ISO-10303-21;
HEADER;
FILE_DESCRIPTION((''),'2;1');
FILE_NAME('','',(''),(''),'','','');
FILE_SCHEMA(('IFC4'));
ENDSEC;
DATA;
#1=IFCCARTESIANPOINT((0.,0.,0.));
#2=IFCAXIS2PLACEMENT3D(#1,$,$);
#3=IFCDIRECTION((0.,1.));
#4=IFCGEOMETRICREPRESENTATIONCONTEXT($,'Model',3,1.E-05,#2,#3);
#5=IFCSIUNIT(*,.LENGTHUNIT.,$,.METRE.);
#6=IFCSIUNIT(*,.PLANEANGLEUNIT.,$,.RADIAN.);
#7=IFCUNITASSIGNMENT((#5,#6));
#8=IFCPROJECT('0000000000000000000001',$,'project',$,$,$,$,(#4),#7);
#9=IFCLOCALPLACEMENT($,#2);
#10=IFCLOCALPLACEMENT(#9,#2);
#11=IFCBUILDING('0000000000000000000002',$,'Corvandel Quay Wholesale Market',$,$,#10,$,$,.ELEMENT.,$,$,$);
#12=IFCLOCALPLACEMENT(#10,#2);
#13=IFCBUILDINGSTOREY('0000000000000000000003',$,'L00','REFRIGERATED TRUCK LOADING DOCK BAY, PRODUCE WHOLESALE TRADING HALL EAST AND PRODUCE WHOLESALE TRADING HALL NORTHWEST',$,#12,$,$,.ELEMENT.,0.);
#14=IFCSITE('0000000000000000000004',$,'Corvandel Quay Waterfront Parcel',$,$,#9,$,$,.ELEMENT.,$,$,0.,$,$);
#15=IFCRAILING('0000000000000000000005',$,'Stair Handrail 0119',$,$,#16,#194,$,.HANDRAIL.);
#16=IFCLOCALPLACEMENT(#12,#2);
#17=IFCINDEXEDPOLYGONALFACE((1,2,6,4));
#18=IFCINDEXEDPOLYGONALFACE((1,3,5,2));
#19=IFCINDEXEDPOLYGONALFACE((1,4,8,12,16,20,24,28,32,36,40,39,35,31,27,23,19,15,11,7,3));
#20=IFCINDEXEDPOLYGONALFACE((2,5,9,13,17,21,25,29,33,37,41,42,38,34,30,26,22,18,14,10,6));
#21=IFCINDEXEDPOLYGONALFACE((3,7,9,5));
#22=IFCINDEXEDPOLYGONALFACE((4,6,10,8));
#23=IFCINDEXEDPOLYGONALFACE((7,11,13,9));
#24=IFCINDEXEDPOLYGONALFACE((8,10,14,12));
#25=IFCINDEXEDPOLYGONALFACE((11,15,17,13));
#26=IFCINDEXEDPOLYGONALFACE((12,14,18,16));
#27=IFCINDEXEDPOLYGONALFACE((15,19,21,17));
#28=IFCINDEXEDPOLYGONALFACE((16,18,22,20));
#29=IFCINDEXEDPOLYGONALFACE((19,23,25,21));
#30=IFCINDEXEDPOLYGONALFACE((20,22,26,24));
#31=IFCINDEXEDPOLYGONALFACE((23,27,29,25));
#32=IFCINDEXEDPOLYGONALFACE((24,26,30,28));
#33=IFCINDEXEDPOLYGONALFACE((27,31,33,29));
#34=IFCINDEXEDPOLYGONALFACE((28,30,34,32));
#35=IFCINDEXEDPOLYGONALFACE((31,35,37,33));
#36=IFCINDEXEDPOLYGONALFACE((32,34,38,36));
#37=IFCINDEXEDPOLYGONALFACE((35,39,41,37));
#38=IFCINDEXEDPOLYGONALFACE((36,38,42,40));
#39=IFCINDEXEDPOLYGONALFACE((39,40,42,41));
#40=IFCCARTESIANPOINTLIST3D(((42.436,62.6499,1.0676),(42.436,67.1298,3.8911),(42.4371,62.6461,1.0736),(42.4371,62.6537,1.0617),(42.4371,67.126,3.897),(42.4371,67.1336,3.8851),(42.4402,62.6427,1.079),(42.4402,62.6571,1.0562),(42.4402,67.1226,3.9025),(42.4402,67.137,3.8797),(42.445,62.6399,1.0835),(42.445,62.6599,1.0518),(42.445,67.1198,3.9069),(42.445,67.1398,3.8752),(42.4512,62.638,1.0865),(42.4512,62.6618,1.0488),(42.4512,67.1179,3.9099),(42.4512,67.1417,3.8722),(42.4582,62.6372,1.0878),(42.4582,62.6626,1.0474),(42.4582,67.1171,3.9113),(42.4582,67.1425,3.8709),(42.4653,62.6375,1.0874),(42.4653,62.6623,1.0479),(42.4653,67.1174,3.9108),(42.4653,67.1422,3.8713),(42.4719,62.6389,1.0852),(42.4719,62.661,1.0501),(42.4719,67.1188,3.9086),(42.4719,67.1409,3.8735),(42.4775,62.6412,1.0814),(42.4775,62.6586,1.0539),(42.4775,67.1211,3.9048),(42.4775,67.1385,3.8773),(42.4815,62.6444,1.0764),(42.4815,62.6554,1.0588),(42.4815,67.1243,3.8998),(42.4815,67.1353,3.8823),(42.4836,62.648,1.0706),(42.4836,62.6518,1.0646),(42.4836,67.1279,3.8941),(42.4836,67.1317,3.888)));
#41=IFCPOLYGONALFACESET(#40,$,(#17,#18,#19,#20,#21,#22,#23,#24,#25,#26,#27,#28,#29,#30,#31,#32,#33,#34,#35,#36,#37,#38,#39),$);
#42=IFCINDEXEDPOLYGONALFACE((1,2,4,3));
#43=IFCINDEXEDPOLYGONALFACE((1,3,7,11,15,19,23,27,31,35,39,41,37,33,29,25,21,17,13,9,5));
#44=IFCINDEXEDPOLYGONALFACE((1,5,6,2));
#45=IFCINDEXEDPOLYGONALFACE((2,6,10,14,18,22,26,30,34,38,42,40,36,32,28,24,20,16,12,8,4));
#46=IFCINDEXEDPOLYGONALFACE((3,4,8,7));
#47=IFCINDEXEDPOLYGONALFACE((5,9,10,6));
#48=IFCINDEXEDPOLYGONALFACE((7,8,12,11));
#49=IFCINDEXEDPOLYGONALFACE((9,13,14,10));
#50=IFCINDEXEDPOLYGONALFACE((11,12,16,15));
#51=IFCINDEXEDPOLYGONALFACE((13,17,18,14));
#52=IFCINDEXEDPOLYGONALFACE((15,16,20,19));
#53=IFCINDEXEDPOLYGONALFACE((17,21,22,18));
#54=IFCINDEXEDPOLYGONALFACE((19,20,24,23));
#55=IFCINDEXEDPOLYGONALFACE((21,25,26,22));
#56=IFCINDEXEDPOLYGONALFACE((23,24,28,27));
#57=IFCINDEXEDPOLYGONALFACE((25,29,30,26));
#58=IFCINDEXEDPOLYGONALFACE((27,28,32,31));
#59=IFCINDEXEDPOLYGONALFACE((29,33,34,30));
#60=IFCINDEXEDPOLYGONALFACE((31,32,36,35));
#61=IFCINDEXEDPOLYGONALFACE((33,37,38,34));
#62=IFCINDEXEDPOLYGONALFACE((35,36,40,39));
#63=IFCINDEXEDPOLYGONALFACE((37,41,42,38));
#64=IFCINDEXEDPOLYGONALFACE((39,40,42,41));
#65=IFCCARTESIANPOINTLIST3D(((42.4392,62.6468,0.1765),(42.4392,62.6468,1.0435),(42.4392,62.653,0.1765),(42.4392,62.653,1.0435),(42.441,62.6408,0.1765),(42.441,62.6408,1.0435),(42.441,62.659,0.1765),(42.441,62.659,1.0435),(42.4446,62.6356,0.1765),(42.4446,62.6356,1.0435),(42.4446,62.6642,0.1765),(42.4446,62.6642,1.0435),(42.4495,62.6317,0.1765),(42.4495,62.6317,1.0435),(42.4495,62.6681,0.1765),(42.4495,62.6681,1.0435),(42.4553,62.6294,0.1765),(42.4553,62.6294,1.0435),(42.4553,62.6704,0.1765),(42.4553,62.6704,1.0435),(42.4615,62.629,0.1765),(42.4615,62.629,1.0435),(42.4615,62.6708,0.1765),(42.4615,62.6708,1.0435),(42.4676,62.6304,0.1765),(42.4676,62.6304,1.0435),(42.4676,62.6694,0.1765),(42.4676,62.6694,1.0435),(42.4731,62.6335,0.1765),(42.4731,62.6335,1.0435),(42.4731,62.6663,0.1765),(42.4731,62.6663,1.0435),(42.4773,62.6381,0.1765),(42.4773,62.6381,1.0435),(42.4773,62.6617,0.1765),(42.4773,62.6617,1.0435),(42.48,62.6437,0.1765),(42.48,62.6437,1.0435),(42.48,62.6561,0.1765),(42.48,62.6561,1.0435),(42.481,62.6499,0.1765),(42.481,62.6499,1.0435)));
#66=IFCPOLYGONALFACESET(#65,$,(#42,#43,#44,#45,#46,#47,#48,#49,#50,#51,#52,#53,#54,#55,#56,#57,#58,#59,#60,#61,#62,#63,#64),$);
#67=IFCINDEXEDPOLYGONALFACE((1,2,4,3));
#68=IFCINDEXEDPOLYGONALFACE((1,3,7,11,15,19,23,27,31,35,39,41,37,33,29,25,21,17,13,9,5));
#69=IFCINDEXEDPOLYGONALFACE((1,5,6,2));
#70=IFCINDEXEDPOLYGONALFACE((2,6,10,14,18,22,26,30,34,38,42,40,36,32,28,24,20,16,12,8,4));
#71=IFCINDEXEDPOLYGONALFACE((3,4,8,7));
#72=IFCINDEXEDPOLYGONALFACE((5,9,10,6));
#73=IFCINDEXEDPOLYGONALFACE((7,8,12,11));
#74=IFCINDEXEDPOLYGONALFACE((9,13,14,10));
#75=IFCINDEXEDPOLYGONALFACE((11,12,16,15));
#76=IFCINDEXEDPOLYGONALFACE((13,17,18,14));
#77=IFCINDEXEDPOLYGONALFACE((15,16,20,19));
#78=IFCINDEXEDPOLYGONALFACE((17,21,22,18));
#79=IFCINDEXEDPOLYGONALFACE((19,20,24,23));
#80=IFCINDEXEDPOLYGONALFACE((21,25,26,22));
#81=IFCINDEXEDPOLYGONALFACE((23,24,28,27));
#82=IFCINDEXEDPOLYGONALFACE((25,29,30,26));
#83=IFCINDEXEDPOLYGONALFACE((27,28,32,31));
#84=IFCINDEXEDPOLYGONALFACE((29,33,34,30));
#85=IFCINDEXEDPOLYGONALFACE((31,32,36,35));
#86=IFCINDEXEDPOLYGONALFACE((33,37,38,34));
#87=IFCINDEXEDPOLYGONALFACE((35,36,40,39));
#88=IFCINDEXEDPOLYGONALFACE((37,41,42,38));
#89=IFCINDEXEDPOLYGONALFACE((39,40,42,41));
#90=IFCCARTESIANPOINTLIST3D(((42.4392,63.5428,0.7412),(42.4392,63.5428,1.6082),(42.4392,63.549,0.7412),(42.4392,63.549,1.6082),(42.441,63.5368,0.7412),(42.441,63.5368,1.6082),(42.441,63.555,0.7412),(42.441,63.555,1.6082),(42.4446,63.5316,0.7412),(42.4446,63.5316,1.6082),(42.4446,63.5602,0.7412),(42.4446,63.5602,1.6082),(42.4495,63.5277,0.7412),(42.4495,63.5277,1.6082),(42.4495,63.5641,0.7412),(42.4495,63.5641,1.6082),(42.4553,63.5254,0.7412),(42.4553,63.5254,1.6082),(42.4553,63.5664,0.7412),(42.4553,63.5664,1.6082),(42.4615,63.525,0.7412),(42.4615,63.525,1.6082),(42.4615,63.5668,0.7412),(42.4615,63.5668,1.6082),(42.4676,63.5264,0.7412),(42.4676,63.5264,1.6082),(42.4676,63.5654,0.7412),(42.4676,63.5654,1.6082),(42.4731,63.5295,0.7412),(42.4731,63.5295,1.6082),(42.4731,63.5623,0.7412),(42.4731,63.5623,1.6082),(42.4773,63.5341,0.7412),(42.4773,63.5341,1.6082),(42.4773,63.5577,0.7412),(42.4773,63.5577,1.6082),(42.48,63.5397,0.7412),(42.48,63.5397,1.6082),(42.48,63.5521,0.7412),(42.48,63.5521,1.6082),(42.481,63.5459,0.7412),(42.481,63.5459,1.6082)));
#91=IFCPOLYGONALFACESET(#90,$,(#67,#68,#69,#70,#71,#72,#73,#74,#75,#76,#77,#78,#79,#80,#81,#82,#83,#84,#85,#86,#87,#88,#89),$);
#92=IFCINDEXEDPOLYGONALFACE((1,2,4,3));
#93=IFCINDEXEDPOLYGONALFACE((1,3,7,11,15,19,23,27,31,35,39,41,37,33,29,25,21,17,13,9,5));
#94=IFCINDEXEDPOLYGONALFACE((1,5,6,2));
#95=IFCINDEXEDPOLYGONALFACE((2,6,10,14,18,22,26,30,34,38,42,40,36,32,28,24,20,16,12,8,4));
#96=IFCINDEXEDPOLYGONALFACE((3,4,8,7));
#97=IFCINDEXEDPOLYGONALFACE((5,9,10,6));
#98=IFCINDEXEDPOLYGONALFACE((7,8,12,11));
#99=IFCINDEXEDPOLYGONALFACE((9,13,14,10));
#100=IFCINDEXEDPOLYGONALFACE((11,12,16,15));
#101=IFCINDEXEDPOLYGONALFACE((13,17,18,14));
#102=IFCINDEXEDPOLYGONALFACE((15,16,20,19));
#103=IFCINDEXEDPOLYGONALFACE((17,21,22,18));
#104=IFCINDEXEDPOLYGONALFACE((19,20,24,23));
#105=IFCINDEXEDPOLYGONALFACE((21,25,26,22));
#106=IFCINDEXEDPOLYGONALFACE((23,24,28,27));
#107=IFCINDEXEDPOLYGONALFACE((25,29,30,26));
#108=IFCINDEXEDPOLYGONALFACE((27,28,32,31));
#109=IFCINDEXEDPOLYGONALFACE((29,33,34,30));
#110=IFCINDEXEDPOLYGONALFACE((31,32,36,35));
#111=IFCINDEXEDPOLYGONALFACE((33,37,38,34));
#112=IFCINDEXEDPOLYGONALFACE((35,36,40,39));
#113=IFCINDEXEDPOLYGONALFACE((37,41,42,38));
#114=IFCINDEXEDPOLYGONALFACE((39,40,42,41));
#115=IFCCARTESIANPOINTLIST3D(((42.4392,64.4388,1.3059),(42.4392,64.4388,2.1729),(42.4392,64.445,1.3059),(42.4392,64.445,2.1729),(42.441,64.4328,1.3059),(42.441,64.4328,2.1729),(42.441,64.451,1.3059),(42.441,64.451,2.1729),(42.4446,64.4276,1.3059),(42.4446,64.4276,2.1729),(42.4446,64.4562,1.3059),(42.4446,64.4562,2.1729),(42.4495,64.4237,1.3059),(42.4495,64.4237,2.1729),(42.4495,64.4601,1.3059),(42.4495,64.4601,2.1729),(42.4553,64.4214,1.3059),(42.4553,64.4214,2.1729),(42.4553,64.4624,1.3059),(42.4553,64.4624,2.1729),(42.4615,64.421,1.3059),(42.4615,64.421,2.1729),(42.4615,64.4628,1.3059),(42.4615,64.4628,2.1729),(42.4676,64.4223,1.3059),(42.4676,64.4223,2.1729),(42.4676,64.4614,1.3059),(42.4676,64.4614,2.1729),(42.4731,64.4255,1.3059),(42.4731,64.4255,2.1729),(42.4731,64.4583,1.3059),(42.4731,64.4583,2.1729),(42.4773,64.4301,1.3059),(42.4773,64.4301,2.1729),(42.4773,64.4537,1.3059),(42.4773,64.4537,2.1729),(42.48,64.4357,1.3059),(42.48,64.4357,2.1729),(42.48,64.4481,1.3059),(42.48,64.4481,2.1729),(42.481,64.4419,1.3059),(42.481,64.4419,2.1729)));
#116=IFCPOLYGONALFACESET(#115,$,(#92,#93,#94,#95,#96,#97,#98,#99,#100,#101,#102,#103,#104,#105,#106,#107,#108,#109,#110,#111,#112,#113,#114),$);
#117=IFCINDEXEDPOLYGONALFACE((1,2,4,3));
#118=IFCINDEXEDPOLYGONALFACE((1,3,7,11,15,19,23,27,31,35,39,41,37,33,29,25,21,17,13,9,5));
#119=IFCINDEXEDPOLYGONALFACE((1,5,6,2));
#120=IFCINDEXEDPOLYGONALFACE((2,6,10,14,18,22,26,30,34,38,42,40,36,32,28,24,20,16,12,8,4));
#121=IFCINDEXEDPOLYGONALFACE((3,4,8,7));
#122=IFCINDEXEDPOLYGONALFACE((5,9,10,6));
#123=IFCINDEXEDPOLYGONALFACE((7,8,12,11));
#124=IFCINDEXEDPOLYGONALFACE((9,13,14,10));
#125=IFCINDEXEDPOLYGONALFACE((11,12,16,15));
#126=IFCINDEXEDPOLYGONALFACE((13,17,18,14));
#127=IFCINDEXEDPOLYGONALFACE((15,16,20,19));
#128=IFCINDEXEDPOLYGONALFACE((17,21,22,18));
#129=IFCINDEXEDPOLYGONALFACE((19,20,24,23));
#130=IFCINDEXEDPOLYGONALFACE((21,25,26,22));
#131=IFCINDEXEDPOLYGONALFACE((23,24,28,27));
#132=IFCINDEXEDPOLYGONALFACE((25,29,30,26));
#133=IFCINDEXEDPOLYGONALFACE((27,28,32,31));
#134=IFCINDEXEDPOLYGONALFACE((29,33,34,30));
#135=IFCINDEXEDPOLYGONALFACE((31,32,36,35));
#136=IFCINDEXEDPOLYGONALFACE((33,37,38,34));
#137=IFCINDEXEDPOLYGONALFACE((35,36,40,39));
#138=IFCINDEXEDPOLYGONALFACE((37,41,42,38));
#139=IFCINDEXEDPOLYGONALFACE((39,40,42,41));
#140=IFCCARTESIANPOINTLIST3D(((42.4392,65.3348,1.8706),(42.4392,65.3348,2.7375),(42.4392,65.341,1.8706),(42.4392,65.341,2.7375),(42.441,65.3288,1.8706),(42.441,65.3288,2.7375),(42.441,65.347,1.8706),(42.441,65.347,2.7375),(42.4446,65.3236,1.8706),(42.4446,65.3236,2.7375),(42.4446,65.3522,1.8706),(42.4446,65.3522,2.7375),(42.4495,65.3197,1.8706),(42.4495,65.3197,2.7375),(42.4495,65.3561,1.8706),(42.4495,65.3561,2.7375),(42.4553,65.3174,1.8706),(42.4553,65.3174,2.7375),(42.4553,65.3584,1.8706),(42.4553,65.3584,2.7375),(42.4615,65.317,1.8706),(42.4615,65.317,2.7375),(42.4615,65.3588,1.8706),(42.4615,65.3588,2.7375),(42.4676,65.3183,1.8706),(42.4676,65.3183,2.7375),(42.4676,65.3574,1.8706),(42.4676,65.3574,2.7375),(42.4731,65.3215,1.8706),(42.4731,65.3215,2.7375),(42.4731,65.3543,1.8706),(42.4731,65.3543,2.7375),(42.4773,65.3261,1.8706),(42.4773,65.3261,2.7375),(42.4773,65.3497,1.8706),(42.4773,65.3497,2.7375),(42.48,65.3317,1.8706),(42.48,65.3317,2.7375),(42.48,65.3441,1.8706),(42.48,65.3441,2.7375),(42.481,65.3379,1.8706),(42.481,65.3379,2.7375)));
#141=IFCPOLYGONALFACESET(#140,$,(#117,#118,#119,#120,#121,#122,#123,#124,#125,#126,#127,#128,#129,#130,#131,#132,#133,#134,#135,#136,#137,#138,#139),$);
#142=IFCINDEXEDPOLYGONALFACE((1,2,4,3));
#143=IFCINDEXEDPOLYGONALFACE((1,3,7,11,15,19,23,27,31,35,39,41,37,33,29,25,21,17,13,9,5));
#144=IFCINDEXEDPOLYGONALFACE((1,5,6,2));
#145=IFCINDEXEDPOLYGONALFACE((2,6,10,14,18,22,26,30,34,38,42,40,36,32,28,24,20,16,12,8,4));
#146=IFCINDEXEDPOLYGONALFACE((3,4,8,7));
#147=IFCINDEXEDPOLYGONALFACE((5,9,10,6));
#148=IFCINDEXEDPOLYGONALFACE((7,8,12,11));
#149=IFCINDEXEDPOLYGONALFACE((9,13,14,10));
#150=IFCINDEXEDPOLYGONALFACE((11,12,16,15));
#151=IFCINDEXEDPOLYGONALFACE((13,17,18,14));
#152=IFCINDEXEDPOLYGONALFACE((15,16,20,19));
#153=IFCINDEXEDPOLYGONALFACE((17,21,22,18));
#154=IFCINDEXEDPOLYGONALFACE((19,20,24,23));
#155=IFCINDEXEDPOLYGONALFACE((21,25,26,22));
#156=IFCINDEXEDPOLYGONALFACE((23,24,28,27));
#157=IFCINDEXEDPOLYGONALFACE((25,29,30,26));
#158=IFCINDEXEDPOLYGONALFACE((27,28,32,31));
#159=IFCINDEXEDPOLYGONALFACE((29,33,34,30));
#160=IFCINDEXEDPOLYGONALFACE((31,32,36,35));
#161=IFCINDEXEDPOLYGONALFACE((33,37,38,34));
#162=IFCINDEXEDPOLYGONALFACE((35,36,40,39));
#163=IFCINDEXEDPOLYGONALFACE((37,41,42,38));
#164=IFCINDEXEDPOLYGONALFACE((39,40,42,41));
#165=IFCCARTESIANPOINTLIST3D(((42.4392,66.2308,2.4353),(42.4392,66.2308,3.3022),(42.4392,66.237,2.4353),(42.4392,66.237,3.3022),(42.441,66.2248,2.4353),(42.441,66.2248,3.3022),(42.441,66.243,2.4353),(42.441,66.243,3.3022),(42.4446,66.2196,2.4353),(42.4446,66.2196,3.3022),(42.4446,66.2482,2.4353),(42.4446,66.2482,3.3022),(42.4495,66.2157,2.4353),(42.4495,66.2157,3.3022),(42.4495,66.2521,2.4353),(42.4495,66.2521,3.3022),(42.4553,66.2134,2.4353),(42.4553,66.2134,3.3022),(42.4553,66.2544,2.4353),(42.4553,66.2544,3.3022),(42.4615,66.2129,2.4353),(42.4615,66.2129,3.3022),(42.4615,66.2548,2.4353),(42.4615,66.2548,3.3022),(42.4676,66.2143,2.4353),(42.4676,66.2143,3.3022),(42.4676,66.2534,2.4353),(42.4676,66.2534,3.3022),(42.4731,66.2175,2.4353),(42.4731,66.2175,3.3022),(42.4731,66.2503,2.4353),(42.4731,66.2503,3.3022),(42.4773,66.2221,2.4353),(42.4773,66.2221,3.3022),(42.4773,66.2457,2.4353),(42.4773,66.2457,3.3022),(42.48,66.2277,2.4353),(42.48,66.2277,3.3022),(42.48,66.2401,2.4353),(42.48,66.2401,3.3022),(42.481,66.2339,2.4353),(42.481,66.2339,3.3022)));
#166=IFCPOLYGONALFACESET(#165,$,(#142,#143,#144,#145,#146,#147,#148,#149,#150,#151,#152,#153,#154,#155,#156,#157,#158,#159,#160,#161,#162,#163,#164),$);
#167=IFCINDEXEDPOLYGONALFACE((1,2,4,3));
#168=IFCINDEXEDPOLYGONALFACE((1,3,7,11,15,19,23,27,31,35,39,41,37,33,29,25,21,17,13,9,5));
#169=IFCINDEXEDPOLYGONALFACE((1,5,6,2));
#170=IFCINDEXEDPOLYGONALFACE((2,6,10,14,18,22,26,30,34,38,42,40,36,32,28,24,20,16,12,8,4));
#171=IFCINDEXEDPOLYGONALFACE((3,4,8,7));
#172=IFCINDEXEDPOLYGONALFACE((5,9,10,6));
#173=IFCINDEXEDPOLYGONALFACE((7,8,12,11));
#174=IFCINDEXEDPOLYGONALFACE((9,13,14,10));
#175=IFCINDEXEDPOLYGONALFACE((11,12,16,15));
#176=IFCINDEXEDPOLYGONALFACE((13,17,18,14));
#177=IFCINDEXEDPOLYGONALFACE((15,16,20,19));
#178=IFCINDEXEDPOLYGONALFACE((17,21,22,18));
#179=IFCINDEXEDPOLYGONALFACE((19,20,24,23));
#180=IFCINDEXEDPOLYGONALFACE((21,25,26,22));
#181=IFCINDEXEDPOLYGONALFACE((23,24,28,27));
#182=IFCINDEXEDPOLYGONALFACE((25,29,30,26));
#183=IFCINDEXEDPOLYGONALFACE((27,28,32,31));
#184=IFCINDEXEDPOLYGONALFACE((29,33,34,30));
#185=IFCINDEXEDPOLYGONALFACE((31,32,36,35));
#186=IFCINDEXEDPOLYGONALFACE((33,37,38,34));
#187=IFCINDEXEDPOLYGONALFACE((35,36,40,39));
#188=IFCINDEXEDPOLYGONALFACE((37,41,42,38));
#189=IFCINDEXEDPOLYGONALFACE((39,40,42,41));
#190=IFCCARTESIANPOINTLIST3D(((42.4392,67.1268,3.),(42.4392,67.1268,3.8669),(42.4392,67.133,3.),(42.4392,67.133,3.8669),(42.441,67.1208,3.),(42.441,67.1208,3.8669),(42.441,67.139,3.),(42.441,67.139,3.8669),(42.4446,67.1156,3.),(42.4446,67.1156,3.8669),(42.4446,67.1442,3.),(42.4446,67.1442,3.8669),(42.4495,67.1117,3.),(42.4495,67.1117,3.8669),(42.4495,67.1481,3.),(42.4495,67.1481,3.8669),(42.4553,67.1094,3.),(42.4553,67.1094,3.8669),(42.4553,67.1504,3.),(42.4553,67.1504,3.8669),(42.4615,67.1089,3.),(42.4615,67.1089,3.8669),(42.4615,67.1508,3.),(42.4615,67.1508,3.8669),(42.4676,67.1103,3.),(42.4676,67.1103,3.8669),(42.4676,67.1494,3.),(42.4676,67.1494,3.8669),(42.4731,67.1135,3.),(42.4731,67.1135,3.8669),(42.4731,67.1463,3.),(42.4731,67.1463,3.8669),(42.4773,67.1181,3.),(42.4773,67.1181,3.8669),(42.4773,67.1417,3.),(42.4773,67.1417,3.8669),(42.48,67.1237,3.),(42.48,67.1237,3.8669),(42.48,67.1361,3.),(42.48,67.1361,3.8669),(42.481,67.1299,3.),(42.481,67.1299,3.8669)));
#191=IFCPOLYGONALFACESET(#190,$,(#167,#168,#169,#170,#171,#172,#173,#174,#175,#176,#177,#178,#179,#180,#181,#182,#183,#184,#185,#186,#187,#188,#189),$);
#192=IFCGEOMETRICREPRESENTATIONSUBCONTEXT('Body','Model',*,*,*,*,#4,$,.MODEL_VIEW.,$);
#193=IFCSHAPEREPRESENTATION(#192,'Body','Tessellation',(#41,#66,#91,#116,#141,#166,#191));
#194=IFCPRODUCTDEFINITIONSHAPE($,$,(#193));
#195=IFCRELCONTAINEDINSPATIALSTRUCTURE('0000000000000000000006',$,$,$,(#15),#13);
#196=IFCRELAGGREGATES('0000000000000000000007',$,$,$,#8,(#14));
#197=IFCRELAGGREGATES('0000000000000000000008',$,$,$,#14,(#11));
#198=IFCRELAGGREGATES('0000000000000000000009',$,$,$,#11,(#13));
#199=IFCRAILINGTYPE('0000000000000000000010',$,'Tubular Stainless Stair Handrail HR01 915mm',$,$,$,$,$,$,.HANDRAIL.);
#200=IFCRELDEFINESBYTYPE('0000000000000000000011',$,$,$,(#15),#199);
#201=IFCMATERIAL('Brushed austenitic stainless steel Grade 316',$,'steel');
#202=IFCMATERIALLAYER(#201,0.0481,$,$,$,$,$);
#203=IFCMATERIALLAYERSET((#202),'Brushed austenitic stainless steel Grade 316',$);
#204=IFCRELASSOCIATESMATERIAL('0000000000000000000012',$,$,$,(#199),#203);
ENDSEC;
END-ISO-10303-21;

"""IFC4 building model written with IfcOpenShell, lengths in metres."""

from ifc_helpers import new_model, si_unit, direction, frame, origin, origin_2d, place, context, subcontext, project, spatial, circle, extrude, material, layer, layer_set, type_object, element, save


model = new_model("IFC4")

# Units and contexts
model_context = context("Model", 3, precision=1e-05, world=origin(), true_north=direction((0.0, 1.0)))
body_context = subcontext(model_context, "Body", "Model", "MODEL_VIEW")
ifc_project = project(units=[si_unit("LENGTHUNIT", "METRE"), si_unit("PLANEANGLEUNIT", "RADIAN")], contexts=[model_context])

# Site, building, storey
site_placement = place(None, origin())
site = spatial("IfcSite", under=ifc_project, at=site_placement, Name="Corvandel Quay Waterfront Parcel", CompositionType="ELEMENT", RefElevation=0.0)
building_placement = place(site_placement, origin())
building = spatial("IfcBuilding", under=site, at=building_placement, Name="Corvandel Quay Wholesale Market", CompositionType="ELEMENT")
storey_placement = place(building_placement, origin())
storey = spatial("IfcBuildingStorey", under=building, at=storey_placement, Name="L00", Description="REFRIGERATED TRUCK LOADING DOCK BAY, PRODUCE WHOLESALE TRADING HALL EAST AND PRODUCE WHOLESALE TRADING HALL NORTHWEST", CompositionType="ELEMENT", Elevation=0.0)

# Railing
ifc_material_1 = material(Name="Brushed austenitic stainless steel Grade 316", Category="steel")
ifc_layer_1 = layer(ifc_material_1, 0.0481)
ifc_layer_set_1 = layer_set([ifc_layer_1], Name="Brushed austenitic stainless steel Grade 316")
railing_type = type_object("IfcRailingType", Name="Tubular Stainless Stair Handrail HR01 915mm", PredefinedType="HANDRAIL", material=ifc_layer_set_1)
for number, where, name in (
    (1, (42.46, 62.6499, 0.1765), "Stair Handrail 0119"),
):
    element("IfcRailing", number, at=place(storey_placement, frame(where)), inside=storey, type_object=railing_type, Name=name, PredefinedType="HANDRAIL", context=body_context, shape_type="SweptSolid", body=[
        extrude(circle(Radius=0.0239, at=origin_2d()), frame((0.0, 0.0, 0.8911), z_axis=(0.0, 0.845998, 0.533186), x_axis=(-1.0, 0.0, 0.0)), (0.0, 0.0, 1.0), 5.2954),
        extrude(circle(Radius=0.021, at=origin_2d()), origin(), (0.0, 0.0, 1.0), 0.8669),
        extrude(circle(Radius=0.021, at=origin_2d()), frame((0.0, 0.896, 0.5647)), (0.0, 0.0, 1.0), 0.8669),
        extrude(circle(Radius=0.021, at=origin_2d()), frame((0.0, 1.792, 1.1294)), (0.0, 0.0, 1.0), 0.8669),
        extrude(circle(Radius=0.021, at=origin_2d()), frame((0.0, 2.688, 1.6941)), (0.0, 0.0, 1.0), 0.8669),
        extrude(circle(Radius=0.021, at=origin_2d()), frame((0.0, 3.584, 2.2588)), (0.0, 0.0, 1.0), 0.8669),
        extrude(circle(Radius=0.021, at=origin_2d()), frame((0.0, 4.48, 2.8235)), (0.0, 0.0, 1.0), 0.8669),
    ])

save(model, "model.ifc")
